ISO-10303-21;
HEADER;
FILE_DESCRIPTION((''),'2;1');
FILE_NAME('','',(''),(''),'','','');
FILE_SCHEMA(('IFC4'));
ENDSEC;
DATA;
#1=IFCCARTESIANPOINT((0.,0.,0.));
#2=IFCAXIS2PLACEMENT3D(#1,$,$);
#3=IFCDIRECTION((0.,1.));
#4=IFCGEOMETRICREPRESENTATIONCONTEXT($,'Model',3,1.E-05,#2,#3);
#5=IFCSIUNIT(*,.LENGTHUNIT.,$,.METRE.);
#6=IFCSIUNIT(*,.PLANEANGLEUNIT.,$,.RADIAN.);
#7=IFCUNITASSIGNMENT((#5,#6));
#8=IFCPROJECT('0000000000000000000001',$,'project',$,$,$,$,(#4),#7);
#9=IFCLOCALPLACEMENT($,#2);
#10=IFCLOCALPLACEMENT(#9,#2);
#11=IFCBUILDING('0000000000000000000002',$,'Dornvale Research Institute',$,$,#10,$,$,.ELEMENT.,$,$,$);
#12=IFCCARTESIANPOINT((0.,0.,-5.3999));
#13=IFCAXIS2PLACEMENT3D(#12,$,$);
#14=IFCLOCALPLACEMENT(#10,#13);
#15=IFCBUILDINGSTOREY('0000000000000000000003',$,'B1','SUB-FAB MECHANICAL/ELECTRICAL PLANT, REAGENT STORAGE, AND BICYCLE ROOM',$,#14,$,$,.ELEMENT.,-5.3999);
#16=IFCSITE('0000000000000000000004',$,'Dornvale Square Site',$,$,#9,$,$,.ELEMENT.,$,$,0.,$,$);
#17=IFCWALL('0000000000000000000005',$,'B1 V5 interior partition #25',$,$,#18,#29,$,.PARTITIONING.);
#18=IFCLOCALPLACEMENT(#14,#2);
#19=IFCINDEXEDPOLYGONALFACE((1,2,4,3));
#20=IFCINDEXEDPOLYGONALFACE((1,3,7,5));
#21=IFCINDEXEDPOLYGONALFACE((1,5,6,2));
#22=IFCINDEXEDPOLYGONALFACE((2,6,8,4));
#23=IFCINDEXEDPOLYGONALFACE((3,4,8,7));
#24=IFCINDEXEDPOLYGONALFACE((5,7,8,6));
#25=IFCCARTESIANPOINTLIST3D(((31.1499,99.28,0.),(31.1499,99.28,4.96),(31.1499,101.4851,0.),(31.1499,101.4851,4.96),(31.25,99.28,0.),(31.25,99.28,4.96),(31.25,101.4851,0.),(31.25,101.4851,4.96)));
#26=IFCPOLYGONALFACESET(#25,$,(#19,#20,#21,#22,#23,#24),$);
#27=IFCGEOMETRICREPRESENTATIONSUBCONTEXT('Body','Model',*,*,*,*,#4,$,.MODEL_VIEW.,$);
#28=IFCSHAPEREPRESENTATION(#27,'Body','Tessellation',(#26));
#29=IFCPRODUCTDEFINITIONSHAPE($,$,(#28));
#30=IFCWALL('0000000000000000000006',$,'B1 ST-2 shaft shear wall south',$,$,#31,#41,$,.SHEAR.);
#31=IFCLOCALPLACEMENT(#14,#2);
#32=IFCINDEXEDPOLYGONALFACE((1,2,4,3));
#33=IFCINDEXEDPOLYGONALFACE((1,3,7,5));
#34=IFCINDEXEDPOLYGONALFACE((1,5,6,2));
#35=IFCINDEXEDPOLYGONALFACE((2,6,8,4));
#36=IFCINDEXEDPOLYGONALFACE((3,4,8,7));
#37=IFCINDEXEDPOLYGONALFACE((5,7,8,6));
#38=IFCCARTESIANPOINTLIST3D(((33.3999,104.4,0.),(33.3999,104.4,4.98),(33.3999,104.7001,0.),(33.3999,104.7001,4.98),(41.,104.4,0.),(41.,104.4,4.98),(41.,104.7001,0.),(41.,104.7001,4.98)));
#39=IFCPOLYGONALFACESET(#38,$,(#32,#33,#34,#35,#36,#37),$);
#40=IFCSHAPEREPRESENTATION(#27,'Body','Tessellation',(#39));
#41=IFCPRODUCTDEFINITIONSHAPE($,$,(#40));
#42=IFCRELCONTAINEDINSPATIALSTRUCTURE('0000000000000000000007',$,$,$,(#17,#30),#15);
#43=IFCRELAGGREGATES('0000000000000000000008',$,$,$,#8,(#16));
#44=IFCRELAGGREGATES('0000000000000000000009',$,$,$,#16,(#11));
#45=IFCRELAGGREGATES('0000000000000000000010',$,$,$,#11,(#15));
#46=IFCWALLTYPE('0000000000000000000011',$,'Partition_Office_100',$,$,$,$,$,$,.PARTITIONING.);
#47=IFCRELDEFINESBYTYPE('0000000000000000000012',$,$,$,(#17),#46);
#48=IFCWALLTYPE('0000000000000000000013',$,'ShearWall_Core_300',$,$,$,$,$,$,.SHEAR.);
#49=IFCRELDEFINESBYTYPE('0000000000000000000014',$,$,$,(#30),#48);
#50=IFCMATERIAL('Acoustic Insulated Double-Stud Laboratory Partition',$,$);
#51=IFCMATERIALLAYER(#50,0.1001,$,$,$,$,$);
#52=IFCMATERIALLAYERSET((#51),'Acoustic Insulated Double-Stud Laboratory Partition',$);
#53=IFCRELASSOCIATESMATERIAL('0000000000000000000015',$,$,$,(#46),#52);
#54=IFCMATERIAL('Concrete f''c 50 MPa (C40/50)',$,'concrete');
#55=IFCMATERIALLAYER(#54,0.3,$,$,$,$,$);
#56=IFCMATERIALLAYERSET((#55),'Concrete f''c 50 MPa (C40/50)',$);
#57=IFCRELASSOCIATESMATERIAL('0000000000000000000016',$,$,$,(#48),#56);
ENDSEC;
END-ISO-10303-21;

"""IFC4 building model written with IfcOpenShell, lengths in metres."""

from ifc_helpers import new_model, si_unit, direction, frame, frame_2d, origin, place, context, subcontext, project, spatial, rectangle, extrude, material, layer, layer_set, type_object, element, save


model = new_model("IFC4")

# Units and contexts
model_context = context("Model", 3, precision=1e-05, world=origin(), true_north=direction((0.0, 1.0)))
body_context = subcontext(model_context, "Body", "Model", "MODEL_VIEW")
ifc_project = project(units=[si_unit("LENGTHUNIT", "METRE"), si_unit("PLANEANGLEUNIT", "RADIAN")], contexts=[model_context])

# Site, building, storey
site_placement = place(None, origin())
site = spatial("IfcSite", under=ifc_project, at=site_placement, Name="Dornvale Square Site", CompositionType="ELEMENT", RefElevation=0.0)
building_placement = place(site_placement, origin())
building = spatial("IfcBuilding", under=site, at=building_placement, Name="Dornvale Research Institute", CompositionType="ELEMENT")
storey_placement = place(building_placement, frame((0.0, 0.0, -5.3999)))
storey = spatial("IfcBuildingStorey", under=building, at=storey_placement, Name="B1", Description="SUB-FAB MECHANICAL/ELECTRICAL PLANT, REAGENT STORAGE, AND BICYCLE ROOM", CompositionType="ELEMENT", Elevation=-5.3999)

# Walls
ifc_material_1 = material(Name="Acoustic Insulated Double-Stud Laboratory Partition")
ifc_layer_1 = layer(ifc_material_1, 0.1001)
ifc_layer_set_1 = layer_set([ifc_layer_1], Name="Acoustic Insulated Double-Stud Laboratory Partition")
wall_type_1 = type_object("IfcWallType", Name="Partition_Office_100", PredefinedType="PARTITIONING", material=ifc_layer_set_1)
wall_1_placement = place(storey_placement, frame((31.2, 99.28, 0.0), z_axis=(0.0, 0.0, 1.0), x_axis=(0.0, 1.0, 0.0)))
element("IfcWall", 1, at=wall_1_placement, inside=storey, type_object=wall_type_1, Name="B1 V5 interior partition #25", PredefinedType="PARTITIONING", context=body_context, shape_type="SweptSolid", body=[
    extrude(rectangle(XDim=2.2051, YDim=0.1001, at=frame_2d((1.1025, 0.0))), origin(), (0.0, 0.0, 1.0), 4.96),
])
ifc_material_2 = material(Name="Concrete f'c 50 MPa (C40/50)", Category="concrete")
ifc_layer_2 = layer(ifc_material_2, 0.3)
ifc_layer_set_2 = layer_set([ifc_layer_2], Name="Concrete f'c 50 MPa (C40/50)")
wall_type_2 = type_object("IfcWallType", Name="ShearWall_Core_300", PredefinedType="SHEAR", material=ifc_layer_set_2)
wall_2_placement = place(storey_placement, frame((33.3999, 104.55, 0.0), z_axis=(0.0, 0.0, 1.0), x_axis=(1.0, 0.0, 0.0)))
element("IfcWall", 2, at=wall_2_placement, inside=storey, type_object=wall_type_2, Name="B1 ST-2 shaft shear wall south", PredefinedType="SHEAR", context=body_context, shape_type="SweptSolid", body=[
    extrude(rectangle(XDim=7.6001, YDim=0.3, at=frame_2d((3.8, 0.0))), origin(), (0.0, 0.0, 1.0), 4.98),
])

save(model, "model.ifc")
